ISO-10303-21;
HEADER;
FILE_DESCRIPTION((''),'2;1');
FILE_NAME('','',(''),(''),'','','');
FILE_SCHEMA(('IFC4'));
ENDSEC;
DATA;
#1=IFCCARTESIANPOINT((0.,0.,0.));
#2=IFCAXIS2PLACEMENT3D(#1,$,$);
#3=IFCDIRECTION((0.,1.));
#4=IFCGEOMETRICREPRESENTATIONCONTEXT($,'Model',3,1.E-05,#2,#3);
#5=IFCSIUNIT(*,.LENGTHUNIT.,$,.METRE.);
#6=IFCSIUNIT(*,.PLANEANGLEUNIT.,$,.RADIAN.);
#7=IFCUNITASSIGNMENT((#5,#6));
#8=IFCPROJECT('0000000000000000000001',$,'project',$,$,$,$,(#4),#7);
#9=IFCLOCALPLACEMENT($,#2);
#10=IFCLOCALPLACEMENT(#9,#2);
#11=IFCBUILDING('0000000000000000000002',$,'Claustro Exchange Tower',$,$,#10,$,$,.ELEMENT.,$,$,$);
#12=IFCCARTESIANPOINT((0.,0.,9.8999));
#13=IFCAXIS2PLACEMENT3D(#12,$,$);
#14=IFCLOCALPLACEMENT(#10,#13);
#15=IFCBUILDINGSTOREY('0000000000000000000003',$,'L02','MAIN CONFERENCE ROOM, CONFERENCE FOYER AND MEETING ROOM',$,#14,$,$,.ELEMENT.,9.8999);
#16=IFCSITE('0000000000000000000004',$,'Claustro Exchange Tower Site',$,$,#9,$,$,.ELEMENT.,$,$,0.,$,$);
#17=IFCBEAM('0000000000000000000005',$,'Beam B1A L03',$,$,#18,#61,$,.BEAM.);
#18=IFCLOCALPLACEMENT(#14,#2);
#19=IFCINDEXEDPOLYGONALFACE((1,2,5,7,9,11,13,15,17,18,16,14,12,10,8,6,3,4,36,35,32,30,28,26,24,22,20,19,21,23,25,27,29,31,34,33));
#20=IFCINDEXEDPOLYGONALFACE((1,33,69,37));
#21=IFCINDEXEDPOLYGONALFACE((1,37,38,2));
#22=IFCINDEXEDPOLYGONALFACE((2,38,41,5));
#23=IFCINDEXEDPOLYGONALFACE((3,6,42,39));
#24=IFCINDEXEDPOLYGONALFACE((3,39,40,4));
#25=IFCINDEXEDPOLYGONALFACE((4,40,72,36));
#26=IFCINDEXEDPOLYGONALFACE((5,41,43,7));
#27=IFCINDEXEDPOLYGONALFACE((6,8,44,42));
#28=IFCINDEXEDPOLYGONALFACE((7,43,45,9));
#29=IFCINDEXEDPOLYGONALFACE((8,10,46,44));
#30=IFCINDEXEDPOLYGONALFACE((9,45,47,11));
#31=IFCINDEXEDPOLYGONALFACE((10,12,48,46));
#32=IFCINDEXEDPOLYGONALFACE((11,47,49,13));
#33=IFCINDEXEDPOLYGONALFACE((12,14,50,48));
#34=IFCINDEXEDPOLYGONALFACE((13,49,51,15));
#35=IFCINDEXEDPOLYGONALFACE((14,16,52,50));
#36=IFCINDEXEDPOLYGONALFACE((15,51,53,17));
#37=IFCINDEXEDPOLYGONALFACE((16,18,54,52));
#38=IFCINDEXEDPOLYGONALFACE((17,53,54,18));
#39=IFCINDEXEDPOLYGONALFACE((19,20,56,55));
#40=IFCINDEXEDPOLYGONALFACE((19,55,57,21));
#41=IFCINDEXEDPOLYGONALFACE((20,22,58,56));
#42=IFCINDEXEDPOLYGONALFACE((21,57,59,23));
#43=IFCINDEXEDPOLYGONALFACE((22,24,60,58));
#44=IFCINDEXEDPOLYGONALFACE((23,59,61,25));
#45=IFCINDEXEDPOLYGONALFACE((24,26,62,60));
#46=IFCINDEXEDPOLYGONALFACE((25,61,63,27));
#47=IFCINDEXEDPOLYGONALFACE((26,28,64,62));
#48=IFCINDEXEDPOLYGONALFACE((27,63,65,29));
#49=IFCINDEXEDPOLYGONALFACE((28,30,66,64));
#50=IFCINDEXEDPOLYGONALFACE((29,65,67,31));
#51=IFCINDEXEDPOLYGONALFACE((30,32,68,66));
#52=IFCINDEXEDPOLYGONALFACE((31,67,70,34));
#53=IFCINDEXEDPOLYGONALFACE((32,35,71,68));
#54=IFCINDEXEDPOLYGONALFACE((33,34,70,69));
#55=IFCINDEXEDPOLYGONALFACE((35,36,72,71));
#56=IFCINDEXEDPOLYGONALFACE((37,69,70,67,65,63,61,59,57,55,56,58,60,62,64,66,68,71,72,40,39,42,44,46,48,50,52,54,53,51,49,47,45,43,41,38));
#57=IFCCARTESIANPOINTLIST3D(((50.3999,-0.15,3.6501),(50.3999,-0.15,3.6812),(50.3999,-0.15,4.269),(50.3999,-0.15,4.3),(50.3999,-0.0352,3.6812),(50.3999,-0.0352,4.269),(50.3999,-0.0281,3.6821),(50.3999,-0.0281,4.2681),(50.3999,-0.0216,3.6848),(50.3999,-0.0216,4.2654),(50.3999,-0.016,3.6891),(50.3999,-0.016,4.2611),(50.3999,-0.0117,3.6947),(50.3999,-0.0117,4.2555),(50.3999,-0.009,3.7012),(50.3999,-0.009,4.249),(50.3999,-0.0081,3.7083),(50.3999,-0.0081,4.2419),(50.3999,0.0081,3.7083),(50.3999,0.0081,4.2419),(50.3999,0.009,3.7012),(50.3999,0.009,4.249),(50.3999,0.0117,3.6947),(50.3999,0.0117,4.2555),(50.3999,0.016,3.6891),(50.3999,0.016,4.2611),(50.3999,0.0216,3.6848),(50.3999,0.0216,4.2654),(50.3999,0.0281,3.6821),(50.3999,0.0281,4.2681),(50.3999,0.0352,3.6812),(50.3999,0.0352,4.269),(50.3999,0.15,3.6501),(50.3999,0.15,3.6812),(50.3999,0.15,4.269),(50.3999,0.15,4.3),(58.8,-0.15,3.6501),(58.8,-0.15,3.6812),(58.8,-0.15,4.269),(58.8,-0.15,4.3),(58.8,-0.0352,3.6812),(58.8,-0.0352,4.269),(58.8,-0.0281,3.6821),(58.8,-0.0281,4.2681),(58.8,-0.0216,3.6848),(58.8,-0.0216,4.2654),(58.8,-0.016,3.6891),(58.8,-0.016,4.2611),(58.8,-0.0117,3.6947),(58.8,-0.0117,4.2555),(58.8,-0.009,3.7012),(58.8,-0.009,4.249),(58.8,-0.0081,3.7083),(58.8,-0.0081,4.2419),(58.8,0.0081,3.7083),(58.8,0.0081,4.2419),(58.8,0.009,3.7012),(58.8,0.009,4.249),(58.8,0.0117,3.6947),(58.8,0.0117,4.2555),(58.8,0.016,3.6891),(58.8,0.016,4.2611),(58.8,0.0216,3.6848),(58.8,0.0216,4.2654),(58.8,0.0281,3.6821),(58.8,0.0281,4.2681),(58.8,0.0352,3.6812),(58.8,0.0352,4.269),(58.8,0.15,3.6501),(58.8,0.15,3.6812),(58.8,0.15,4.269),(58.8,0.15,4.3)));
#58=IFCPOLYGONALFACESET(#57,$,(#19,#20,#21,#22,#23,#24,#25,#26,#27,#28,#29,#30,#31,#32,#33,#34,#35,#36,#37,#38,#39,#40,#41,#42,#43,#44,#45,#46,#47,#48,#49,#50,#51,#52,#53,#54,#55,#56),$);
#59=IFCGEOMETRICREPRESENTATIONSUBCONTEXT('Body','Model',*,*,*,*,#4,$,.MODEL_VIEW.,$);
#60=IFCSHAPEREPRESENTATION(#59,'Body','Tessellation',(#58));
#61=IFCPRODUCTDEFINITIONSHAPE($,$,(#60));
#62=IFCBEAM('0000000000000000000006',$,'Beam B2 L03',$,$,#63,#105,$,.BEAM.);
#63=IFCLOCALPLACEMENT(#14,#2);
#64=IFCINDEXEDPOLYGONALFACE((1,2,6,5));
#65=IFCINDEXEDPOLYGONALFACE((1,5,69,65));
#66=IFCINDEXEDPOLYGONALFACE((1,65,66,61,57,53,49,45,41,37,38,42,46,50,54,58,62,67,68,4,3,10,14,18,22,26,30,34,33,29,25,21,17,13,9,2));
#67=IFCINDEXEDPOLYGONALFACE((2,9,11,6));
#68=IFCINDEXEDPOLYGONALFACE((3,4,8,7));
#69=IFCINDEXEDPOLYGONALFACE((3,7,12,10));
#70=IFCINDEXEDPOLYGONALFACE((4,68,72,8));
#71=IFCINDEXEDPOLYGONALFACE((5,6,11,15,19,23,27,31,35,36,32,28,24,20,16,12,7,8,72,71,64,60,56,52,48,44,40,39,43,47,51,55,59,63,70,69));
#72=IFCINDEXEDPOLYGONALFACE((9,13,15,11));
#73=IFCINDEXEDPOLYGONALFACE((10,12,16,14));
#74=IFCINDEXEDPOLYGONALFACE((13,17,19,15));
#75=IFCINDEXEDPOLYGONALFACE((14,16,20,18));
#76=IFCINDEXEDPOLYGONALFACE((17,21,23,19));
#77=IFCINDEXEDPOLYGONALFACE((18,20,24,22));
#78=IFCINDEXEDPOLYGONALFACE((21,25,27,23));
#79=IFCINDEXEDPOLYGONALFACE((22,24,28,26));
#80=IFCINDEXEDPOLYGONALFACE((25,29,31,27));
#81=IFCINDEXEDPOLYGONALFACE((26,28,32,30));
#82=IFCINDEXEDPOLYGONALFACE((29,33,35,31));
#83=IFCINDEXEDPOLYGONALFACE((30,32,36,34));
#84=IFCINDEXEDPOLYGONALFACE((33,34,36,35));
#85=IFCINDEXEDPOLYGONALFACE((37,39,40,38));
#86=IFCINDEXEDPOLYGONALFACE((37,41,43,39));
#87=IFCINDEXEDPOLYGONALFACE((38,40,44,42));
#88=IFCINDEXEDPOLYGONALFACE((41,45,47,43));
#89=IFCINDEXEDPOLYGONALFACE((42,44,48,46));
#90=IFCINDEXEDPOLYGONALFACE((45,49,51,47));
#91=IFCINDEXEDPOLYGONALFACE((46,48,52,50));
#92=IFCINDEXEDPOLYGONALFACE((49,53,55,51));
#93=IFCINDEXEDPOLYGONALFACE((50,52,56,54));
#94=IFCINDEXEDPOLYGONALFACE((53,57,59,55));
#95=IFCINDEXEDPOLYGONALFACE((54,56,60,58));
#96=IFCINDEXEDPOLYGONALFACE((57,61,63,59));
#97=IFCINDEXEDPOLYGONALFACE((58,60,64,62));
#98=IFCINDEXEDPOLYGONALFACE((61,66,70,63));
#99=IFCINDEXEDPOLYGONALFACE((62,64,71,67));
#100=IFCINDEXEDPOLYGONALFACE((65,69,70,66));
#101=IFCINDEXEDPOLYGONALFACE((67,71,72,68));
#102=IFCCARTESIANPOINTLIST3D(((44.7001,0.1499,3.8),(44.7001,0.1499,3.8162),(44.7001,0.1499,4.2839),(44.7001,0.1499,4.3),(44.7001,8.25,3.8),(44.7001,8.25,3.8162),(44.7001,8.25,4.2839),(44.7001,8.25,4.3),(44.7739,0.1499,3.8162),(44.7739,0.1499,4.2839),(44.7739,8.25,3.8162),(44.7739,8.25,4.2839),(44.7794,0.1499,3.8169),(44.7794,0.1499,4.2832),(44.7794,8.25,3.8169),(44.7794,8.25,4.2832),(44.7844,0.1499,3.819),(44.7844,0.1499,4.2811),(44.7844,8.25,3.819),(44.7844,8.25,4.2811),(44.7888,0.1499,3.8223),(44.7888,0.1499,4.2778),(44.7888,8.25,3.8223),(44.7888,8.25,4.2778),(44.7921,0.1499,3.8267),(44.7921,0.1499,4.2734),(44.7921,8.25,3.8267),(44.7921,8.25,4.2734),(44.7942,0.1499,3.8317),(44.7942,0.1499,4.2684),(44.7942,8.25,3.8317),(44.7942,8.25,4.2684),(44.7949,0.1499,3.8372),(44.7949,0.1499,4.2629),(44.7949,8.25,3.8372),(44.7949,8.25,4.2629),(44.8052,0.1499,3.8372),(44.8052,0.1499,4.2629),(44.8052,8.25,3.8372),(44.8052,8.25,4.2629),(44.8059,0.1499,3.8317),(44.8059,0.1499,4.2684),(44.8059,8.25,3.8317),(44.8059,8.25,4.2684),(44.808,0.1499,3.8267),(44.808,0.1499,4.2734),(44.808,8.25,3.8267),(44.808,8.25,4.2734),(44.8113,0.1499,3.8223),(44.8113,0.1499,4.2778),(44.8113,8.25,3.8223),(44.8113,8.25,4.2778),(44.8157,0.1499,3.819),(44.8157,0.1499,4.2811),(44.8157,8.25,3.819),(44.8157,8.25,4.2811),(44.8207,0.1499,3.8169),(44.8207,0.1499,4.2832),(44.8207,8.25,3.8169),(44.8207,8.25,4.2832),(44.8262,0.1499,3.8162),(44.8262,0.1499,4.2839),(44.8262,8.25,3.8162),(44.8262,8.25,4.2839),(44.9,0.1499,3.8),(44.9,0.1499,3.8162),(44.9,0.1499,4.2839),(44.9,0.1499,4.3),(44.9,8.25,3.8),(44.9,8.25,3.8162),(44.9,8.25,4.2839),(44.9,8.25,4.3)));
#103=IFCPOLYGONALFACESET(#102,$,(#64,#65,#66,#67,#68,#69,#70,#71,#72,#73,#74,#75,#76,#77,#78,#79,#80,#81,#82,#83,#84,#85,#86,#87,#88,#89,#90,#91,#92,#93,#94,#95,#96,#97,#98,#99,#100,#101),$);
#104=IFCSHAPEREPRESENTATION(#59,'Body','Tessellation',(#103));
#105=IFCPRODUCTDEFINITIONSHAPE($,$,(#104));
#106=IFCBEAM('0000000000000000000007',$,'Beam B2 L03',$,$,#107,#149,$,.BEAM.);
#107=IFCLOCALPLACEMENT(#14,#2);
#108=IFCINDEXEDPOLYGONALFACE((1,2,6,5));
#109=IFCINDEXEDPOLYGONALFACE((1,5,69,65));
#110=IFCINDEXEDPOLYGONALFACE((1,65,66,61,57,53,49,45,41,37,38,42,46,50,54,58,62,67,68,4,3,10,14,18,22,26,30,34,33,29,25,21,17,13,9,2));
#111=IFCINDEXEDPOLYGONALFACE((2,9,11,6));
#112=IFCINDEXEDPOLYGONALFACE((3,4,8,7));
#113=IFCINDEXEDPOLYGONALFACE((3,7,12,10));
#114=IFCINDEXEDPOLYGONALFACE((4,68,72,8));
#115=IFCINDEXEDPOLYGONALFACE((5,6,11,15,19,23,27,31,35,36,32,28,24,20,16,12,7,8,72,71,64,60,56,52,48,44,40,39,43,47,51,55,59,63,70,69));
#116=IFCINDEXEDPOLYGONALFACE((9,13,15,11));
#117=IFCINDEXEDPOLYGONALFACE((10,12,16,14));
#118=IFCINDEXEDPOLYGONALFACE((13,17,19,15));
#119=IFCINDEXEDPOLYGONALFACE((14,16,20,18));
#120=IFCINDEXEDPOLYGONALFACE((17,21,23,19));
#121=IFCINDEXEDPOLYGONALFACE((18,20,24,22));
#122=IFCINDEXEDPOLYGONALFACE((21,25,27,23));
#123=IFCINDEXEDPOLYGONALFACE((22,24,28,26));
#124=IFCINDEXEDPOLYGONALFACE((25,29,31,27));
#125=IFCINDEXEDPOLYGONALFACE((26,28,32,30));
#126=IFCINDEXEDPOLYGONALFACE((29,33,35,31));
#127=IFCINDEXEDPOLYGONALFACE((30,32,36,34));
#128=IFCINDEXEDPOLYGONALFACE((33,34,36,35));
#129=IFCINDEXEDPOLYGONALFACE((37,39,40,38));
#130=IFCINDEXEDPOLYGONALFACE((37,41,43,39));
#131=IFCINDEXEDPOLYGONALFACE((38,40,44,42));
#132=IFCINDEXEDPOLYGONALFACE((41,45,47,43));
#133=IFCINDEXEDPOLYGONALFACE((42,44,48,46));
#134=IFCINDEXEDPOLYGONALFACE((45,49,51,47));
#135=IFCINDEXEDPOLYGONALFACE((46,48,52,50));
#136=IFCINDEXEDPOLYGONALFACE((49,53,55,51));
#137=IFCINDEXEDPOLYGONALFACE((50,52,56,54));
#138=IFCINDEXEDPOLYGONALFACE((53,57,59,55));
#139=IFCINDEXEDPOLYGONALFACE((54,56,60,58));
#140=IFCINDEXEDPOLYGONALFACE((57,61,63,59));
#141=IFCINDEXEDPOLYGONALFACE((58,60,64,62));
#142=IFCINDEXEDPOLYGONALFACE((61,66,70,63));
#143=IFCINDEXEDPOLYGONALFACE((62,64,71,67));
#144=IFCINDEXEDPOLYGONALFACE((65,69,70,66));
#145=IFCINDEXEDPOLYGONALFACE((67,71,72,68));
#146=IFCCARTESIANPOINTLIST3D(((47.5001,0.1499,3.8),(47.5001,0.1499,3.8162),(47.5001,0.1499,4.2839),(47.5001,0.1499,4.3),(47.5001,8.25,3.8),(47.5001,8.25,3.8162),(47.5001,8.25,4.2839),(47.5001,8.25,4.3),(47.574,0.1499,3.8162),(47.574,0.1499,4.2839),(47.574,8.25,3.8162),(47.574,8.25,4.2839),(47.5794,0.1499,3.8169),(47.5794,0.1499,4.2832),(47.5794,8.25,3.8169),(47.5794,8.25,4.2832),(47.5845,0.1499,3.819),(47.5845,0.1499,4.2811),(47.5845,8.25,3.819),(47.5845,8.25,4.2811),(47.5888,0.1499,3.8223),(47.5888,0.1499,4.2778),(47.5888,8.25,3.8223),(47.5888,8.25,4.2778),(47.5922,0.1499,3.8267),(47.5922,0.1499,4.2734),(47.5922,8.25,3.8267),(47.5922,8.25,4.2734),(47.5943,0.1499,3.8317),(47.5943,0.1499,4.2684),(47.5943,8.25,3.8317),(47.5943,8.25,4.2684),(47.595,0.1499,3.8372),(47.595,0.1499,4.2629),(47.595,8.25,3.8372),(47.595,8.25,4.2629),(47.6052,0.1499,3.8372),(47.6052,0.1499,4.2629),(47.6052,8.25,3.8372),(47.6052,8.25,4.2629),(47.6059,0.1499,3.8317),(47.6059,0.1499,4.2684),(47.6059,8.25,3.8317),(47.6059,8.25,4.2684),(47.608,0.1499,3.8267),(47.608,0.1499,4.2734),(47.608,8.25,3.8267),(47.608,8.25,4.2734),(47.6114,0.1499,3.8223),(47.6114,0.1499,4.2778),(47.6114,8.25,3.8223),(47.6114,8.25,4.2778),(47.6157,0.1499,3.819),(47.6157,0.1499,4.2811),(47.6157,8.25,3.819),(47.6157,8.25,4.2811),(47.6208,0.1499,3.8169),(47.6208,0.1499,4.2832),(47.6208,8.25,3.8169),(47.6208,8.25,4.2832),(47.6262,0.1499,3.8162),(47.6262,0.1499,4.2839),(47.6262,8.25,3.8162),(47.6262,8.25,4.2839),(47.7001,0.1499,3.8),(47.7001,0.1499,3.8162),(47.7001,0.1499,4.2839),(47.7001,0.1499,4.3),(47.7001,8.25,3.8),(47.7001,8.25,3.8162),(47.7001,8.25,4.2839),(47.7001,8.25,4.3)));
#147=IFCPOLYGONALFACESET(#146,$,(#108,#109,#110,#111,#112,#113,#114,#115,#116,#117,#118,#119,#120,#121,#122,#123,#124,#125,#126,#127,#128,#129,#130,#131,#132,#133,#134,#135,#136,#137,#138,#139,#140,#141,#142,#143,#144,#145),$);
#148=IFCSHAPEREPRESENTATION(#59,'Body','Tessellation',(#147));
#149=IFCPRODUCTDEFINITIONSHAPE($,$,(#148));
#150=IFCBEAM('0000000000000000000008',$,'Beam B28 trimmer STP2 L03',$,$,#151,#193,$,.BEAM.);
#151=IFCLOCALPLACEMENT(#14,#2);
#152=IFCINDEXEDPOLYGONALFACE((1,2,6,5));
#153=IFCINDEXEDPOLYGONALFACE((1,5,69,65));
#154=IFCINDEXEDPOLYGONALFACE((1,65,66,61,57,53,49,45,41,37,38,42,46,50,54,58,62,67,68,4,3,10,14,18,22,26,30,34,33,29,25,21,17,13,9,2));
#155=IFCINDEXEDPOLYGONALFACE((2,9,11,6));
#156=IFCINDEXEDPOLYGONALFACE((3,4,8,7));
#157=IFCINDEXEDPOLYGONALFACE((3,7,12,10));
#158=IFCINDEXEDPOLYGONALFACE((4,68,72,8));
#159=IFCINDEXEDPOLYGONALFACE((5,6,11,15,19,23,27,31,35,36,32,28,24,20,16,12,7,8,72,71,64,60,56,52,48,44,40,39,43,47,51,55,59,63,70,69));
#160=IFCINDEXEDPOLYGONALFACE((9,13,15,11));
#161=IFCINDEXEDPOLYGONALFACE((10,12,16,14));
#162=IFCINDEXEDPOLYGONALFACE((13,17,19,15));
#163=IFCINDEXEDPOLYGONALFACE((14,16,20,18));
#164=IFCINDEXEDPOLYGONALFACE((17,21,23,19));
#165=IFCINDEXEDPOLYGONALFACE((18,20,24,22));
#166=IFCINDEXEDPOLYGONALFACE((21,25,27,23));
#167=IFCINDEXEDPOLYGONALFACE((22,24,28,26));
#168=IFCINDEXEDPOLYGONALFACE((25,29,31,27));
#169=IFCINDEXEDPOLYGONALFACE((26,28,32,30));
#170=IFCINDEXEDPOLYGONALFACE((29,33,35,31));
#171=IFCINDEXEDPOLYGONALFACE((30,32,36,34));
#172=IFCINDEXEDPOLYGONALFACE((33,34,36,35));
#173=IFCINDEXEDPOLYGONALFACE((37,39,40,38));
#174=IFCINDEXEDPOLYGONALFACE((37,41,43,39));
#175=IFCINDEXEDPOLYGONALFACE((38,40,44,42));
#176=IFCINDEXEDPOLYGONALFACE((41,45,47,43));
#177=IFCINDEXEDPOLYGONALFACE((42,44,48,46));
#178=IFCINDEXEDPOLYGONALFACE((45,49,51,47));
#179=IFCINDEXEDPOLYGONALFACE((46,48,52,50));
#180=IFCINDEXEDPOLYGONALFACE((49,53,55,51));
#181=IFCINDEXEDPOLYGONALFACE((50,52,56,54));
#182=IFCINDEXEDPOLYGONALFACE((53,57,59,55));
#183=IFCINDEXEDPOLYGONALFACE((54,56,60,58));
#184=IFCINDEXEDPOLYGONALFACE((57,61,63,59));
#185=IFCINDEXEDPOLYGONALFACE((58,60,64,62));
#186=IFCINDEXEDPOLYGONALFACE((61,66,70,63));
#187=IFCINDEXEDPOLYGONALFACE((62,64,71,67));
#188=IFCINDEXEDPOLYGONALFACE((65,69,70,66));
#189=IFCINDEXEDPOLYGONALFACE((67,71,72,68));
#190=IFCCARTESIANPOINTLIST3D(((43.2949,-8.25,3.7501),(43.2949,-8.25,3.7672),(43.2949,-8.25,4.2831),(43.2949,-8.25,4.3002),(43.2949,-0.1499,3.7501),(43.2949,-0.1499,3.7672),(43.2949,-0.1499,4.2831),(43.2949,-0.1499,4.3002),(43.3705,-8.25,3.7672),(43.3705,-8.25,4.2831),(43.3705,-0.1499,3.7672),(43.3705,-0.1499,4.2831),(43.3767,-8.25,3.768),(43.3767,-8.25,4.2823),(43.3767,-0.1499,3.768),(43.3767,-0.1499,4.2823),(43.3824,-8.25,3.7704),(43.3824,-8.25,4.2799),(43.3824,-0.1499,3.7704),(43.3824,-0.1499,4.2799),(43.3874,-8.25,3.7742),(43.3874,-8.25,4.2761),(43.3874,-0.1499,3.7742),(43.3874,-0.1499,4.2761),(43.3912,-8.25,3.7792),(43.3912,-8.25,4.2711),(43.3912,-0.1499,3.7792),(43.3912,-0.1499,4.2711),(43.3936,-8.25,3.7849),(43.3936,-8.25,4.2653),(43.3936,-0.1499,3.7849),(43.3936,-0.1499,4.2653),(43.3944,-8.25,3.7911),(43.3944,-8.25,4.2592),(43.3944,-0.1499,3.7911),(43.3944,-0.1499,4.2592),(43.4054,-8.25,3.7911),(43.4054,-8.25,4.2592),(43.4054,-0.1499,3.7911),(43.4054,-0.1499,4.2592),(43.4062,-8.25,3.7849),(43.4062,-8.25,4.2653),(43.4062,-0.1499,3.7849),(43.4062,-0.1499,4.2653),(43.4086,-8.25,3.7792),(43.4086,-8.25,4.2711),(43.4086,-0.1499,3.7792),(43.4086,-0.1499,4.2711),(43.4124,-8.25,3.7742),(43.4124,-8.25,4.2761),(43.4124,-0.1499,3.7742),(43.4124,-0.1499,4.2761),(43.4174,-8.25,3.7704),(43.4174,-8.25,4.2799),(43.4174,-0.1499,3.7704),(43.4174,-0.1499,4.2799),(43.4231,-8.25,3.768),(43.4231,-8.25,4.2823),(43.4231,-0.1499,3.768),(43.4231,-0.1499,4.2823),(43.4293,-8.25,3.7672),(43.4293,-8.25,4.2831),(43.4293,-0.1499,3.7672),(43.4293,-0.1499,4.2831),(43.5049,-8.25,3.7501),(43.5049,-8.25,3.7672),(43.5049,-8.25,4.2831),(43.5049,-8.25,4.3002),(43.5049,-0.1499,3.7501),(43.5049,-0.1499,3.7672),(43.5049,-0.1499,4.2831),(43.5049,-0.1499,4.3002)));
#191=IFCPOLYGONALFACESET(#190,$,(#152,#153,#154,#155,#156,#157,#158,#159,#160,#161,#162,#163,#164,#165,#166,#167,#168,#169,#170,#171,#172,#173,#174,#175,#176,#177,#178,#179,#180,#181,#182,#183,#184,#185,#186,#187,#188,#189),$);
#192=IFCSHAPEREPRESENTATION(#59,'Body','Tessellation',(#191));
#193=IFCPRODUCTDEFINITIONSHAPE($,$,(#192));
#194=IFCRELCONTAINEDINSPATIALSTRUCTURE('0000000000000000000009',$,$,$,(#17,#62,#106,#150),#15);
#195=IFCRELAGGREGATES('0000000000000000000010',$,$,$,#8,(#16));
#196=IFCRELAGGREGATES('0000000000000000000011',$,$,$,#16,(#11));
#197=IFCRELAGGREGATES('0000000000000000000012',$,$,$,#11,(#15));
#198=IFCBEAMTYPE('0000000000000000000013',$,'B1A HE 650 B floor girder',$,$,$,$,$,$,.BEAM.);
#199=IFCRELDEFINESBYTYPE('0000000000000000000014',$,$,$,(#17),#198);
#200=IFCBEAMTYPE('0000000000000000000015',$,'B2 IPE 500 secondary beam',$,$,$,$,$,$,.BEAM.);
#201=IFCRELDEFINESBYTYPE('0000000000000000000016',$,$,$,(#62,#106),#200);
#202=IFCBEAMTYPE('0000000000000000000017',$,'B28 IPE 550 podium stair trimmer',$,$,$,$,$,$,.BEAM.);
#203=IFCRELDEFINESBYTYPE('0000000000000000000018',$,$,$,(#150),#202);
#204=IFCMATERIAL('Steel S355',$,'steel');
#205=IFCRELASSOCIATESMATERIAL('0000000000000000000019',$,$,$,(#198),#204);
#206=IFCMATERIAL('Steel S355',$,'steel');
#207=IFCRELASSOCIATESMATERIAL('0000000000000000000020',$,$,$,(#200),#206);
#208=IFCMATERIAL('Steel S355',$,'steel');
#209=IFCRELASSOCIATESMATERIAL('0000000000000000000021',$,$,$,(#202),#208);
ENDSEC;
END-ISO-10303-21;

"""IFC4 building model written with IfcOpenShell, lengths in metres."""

from ifc_helpers import new_model, si_unit, direction, frame, origin, origin_2d, place, context, subcontext, project, spatial, i_section, extrude, material, material_profile, profile_set, type_object, element, save


model = new_model("IFC4")

# Units and contexts
model_context = context("Model", 3, precision=1e-05, world=origin(), true_north=direction((0.0, 1.0)))
body_context = subcontext(model_context, "Body", "Model", "MODEL_VIEW")
ifc_project = project(units=[si_unit("LENGTHUNIT", "METRE"), si_unit("PLANEANGLEUNIT", "RADIAN")], contexts=[model_context])

# Site, building, storey
site_placement = place(None, origin())
site = spatial("IfcSite", under=ifc_project, at=site_placement, Name="Claustro Exchange Tower Site", CompositionType="ELEMENT", RefElevation=0.0)
building_placement = place(site_placement, origin())
building = spatial("IfcBuilding", under=site, at=building_placement, Name="Claustro Exchange Tower", CompositionType="ELEMENT")
storey_placement = place(building_placement, frame((0.0, 0.0, 9.8999)))
storey = spatial("IfcBuildingStorey", under=building, at=storey_placement, Name="L02", Description="MAIN CONFERENCE ROOM, CONFERENCE FOYER AND MEETING ROOM", CompositionType="ELEMENT", Elevation=9.8999)

# Beams
ifc_material_1 = material(Name="Steel S355", Category="steel")
ifc_material_profile_1 = material_profile(ifc_material_1, i_section(OverallWidth=0.3, OverallDepth=0.6499, WebThickness=0.0161, FlangeThickness=0.031, FilletRadius=0.0271, at=origin_2d()), Name="HE 650 B")
ifc_profile_set_1 = profile_set([ifc_material_profile_1], Name="Steel S355")
beam_type_1 = type_object("IfcBeamType", Name="B1A HE 650 B floor girder", PredefinedType="BEAM", material=ifc_profile_set_1)
for number, where, z_axis, x_axis, name in (
    (1, (50.3999, 0.0, 3.9751), (1.0, 0.0, 0.0), (0.0, 1.0, 0.0), "Beam B1A L03"),
):
    element("IfcBeam", number, at=place(storey_placement, frame(where, z_axis=z_axis, x_axis=x_axis)), inside=storey, type_object=beam_type_1, Name=name, PredefinedType="BEAM", context=body_context, shape_type="SweptSolid", body=[
        extrude(i_section(OverallWidth=0.3, OverallDepth=0.6499, WebThickness=0.0161, FlangeThickness=0.031, FilletRadius=0.0271, at=origin_2d()), origin(), (0.0, 0.0, 1.0), 8.4001),
    ])
ifc_material_2 = material(Name="Steel S355", Category="steel")
ifc_material_profile_2 = material_profile(ifc_material_2, i_section(OverallWidth=0.2, OverallDepth=0.5, WebThickness=0.0103, FlangeThickness=0.0161, FilletRadius=0.021, at=origin_2d()), Name="IPE 500")
ifc_profile_set_2 = profile_set([ifc_material_profile_2], Name="Steel S355")
beam_type_2 = type_object("IfcBeamType", Name="B2 IPE 500 secondary beam", PredefinedType="BEAM", material=ifc_profile_set_2)
for number, where, z_axis, x_axis, name in (
    (2, (44.8, 0.1499, 4.05), (0.0, 1.0, 0.0), (-1.0, 0.0, 0.0), "Beam B2 L03"),
    (3, (47.6001, 0.1499, 4.05), (0.0, 1.0, 0.0), (-1.0, 0.0, 0.0), "Beam B2 L03"),
):
    element("IfcBeam", number, at=place(storey_placement, frame(where, z_axis=z_axis, x_axis=x_axis)), inside=storey, type_object=beam_type_2, Name=name, PredefinedType="BEAM", context=body_context, shape_type="SweptSolid", body=[
        extrude(i_section(OverallWidth=0.2, OverallDepth=0.5, WebThickness=0.0103, FlangeThickness=0.0161, FilletRadius=0.021, at=origin_2d()), origin(), (0.0, 0.0, 1.0), 8.1001),
    ])
ifc_material_3 = material(Name="Steel S355", Category="steel")
ifc_material_profile_3 = material_profile(ifc_material_3, i_section(OverallWidth=0.21, OverallDepth=0.55, WebThickness=0.011, FlangeThickness=0.0171, FilletRadius=0.0239, at=origin_2d()), Name="IPE 550")
ifc_profile_set_3 = profile_set([ifc_material_profile_3], Name="Steel S355")
beam_type_3 = type_object("IfcBeamType", Name="B28 IPE 550 podium stair trimmer", PredefinedType="BEAM", material=ifc_profile_set_3)
beam_1_placement = place(storey_placement, frame((43.3999, -8.25, 4.0251), z_axis=(0.0, 1.0, 0.0), x_axis=(-1.0, 0.0, 0.0)))
element("IfcBeam", 4, at=beam_1_placement, inside=storey, type_object=beam_type_3, Name="Beam B28 trimmer STP2 L03", PredefinedType="BEAM", context=body_context, shape_type="SweptSolid", body=[
    extrude(i_section(OverallWidth=0.21, OverallDepth=0.55, WebThickness=0.011, FlangeThickness=0.0171, FilletRadius=0.0239, at=origin_2d()), origin(), (0.0, 0.0, 1.0), 8.1001),
])

save(model, "model.ifc")
